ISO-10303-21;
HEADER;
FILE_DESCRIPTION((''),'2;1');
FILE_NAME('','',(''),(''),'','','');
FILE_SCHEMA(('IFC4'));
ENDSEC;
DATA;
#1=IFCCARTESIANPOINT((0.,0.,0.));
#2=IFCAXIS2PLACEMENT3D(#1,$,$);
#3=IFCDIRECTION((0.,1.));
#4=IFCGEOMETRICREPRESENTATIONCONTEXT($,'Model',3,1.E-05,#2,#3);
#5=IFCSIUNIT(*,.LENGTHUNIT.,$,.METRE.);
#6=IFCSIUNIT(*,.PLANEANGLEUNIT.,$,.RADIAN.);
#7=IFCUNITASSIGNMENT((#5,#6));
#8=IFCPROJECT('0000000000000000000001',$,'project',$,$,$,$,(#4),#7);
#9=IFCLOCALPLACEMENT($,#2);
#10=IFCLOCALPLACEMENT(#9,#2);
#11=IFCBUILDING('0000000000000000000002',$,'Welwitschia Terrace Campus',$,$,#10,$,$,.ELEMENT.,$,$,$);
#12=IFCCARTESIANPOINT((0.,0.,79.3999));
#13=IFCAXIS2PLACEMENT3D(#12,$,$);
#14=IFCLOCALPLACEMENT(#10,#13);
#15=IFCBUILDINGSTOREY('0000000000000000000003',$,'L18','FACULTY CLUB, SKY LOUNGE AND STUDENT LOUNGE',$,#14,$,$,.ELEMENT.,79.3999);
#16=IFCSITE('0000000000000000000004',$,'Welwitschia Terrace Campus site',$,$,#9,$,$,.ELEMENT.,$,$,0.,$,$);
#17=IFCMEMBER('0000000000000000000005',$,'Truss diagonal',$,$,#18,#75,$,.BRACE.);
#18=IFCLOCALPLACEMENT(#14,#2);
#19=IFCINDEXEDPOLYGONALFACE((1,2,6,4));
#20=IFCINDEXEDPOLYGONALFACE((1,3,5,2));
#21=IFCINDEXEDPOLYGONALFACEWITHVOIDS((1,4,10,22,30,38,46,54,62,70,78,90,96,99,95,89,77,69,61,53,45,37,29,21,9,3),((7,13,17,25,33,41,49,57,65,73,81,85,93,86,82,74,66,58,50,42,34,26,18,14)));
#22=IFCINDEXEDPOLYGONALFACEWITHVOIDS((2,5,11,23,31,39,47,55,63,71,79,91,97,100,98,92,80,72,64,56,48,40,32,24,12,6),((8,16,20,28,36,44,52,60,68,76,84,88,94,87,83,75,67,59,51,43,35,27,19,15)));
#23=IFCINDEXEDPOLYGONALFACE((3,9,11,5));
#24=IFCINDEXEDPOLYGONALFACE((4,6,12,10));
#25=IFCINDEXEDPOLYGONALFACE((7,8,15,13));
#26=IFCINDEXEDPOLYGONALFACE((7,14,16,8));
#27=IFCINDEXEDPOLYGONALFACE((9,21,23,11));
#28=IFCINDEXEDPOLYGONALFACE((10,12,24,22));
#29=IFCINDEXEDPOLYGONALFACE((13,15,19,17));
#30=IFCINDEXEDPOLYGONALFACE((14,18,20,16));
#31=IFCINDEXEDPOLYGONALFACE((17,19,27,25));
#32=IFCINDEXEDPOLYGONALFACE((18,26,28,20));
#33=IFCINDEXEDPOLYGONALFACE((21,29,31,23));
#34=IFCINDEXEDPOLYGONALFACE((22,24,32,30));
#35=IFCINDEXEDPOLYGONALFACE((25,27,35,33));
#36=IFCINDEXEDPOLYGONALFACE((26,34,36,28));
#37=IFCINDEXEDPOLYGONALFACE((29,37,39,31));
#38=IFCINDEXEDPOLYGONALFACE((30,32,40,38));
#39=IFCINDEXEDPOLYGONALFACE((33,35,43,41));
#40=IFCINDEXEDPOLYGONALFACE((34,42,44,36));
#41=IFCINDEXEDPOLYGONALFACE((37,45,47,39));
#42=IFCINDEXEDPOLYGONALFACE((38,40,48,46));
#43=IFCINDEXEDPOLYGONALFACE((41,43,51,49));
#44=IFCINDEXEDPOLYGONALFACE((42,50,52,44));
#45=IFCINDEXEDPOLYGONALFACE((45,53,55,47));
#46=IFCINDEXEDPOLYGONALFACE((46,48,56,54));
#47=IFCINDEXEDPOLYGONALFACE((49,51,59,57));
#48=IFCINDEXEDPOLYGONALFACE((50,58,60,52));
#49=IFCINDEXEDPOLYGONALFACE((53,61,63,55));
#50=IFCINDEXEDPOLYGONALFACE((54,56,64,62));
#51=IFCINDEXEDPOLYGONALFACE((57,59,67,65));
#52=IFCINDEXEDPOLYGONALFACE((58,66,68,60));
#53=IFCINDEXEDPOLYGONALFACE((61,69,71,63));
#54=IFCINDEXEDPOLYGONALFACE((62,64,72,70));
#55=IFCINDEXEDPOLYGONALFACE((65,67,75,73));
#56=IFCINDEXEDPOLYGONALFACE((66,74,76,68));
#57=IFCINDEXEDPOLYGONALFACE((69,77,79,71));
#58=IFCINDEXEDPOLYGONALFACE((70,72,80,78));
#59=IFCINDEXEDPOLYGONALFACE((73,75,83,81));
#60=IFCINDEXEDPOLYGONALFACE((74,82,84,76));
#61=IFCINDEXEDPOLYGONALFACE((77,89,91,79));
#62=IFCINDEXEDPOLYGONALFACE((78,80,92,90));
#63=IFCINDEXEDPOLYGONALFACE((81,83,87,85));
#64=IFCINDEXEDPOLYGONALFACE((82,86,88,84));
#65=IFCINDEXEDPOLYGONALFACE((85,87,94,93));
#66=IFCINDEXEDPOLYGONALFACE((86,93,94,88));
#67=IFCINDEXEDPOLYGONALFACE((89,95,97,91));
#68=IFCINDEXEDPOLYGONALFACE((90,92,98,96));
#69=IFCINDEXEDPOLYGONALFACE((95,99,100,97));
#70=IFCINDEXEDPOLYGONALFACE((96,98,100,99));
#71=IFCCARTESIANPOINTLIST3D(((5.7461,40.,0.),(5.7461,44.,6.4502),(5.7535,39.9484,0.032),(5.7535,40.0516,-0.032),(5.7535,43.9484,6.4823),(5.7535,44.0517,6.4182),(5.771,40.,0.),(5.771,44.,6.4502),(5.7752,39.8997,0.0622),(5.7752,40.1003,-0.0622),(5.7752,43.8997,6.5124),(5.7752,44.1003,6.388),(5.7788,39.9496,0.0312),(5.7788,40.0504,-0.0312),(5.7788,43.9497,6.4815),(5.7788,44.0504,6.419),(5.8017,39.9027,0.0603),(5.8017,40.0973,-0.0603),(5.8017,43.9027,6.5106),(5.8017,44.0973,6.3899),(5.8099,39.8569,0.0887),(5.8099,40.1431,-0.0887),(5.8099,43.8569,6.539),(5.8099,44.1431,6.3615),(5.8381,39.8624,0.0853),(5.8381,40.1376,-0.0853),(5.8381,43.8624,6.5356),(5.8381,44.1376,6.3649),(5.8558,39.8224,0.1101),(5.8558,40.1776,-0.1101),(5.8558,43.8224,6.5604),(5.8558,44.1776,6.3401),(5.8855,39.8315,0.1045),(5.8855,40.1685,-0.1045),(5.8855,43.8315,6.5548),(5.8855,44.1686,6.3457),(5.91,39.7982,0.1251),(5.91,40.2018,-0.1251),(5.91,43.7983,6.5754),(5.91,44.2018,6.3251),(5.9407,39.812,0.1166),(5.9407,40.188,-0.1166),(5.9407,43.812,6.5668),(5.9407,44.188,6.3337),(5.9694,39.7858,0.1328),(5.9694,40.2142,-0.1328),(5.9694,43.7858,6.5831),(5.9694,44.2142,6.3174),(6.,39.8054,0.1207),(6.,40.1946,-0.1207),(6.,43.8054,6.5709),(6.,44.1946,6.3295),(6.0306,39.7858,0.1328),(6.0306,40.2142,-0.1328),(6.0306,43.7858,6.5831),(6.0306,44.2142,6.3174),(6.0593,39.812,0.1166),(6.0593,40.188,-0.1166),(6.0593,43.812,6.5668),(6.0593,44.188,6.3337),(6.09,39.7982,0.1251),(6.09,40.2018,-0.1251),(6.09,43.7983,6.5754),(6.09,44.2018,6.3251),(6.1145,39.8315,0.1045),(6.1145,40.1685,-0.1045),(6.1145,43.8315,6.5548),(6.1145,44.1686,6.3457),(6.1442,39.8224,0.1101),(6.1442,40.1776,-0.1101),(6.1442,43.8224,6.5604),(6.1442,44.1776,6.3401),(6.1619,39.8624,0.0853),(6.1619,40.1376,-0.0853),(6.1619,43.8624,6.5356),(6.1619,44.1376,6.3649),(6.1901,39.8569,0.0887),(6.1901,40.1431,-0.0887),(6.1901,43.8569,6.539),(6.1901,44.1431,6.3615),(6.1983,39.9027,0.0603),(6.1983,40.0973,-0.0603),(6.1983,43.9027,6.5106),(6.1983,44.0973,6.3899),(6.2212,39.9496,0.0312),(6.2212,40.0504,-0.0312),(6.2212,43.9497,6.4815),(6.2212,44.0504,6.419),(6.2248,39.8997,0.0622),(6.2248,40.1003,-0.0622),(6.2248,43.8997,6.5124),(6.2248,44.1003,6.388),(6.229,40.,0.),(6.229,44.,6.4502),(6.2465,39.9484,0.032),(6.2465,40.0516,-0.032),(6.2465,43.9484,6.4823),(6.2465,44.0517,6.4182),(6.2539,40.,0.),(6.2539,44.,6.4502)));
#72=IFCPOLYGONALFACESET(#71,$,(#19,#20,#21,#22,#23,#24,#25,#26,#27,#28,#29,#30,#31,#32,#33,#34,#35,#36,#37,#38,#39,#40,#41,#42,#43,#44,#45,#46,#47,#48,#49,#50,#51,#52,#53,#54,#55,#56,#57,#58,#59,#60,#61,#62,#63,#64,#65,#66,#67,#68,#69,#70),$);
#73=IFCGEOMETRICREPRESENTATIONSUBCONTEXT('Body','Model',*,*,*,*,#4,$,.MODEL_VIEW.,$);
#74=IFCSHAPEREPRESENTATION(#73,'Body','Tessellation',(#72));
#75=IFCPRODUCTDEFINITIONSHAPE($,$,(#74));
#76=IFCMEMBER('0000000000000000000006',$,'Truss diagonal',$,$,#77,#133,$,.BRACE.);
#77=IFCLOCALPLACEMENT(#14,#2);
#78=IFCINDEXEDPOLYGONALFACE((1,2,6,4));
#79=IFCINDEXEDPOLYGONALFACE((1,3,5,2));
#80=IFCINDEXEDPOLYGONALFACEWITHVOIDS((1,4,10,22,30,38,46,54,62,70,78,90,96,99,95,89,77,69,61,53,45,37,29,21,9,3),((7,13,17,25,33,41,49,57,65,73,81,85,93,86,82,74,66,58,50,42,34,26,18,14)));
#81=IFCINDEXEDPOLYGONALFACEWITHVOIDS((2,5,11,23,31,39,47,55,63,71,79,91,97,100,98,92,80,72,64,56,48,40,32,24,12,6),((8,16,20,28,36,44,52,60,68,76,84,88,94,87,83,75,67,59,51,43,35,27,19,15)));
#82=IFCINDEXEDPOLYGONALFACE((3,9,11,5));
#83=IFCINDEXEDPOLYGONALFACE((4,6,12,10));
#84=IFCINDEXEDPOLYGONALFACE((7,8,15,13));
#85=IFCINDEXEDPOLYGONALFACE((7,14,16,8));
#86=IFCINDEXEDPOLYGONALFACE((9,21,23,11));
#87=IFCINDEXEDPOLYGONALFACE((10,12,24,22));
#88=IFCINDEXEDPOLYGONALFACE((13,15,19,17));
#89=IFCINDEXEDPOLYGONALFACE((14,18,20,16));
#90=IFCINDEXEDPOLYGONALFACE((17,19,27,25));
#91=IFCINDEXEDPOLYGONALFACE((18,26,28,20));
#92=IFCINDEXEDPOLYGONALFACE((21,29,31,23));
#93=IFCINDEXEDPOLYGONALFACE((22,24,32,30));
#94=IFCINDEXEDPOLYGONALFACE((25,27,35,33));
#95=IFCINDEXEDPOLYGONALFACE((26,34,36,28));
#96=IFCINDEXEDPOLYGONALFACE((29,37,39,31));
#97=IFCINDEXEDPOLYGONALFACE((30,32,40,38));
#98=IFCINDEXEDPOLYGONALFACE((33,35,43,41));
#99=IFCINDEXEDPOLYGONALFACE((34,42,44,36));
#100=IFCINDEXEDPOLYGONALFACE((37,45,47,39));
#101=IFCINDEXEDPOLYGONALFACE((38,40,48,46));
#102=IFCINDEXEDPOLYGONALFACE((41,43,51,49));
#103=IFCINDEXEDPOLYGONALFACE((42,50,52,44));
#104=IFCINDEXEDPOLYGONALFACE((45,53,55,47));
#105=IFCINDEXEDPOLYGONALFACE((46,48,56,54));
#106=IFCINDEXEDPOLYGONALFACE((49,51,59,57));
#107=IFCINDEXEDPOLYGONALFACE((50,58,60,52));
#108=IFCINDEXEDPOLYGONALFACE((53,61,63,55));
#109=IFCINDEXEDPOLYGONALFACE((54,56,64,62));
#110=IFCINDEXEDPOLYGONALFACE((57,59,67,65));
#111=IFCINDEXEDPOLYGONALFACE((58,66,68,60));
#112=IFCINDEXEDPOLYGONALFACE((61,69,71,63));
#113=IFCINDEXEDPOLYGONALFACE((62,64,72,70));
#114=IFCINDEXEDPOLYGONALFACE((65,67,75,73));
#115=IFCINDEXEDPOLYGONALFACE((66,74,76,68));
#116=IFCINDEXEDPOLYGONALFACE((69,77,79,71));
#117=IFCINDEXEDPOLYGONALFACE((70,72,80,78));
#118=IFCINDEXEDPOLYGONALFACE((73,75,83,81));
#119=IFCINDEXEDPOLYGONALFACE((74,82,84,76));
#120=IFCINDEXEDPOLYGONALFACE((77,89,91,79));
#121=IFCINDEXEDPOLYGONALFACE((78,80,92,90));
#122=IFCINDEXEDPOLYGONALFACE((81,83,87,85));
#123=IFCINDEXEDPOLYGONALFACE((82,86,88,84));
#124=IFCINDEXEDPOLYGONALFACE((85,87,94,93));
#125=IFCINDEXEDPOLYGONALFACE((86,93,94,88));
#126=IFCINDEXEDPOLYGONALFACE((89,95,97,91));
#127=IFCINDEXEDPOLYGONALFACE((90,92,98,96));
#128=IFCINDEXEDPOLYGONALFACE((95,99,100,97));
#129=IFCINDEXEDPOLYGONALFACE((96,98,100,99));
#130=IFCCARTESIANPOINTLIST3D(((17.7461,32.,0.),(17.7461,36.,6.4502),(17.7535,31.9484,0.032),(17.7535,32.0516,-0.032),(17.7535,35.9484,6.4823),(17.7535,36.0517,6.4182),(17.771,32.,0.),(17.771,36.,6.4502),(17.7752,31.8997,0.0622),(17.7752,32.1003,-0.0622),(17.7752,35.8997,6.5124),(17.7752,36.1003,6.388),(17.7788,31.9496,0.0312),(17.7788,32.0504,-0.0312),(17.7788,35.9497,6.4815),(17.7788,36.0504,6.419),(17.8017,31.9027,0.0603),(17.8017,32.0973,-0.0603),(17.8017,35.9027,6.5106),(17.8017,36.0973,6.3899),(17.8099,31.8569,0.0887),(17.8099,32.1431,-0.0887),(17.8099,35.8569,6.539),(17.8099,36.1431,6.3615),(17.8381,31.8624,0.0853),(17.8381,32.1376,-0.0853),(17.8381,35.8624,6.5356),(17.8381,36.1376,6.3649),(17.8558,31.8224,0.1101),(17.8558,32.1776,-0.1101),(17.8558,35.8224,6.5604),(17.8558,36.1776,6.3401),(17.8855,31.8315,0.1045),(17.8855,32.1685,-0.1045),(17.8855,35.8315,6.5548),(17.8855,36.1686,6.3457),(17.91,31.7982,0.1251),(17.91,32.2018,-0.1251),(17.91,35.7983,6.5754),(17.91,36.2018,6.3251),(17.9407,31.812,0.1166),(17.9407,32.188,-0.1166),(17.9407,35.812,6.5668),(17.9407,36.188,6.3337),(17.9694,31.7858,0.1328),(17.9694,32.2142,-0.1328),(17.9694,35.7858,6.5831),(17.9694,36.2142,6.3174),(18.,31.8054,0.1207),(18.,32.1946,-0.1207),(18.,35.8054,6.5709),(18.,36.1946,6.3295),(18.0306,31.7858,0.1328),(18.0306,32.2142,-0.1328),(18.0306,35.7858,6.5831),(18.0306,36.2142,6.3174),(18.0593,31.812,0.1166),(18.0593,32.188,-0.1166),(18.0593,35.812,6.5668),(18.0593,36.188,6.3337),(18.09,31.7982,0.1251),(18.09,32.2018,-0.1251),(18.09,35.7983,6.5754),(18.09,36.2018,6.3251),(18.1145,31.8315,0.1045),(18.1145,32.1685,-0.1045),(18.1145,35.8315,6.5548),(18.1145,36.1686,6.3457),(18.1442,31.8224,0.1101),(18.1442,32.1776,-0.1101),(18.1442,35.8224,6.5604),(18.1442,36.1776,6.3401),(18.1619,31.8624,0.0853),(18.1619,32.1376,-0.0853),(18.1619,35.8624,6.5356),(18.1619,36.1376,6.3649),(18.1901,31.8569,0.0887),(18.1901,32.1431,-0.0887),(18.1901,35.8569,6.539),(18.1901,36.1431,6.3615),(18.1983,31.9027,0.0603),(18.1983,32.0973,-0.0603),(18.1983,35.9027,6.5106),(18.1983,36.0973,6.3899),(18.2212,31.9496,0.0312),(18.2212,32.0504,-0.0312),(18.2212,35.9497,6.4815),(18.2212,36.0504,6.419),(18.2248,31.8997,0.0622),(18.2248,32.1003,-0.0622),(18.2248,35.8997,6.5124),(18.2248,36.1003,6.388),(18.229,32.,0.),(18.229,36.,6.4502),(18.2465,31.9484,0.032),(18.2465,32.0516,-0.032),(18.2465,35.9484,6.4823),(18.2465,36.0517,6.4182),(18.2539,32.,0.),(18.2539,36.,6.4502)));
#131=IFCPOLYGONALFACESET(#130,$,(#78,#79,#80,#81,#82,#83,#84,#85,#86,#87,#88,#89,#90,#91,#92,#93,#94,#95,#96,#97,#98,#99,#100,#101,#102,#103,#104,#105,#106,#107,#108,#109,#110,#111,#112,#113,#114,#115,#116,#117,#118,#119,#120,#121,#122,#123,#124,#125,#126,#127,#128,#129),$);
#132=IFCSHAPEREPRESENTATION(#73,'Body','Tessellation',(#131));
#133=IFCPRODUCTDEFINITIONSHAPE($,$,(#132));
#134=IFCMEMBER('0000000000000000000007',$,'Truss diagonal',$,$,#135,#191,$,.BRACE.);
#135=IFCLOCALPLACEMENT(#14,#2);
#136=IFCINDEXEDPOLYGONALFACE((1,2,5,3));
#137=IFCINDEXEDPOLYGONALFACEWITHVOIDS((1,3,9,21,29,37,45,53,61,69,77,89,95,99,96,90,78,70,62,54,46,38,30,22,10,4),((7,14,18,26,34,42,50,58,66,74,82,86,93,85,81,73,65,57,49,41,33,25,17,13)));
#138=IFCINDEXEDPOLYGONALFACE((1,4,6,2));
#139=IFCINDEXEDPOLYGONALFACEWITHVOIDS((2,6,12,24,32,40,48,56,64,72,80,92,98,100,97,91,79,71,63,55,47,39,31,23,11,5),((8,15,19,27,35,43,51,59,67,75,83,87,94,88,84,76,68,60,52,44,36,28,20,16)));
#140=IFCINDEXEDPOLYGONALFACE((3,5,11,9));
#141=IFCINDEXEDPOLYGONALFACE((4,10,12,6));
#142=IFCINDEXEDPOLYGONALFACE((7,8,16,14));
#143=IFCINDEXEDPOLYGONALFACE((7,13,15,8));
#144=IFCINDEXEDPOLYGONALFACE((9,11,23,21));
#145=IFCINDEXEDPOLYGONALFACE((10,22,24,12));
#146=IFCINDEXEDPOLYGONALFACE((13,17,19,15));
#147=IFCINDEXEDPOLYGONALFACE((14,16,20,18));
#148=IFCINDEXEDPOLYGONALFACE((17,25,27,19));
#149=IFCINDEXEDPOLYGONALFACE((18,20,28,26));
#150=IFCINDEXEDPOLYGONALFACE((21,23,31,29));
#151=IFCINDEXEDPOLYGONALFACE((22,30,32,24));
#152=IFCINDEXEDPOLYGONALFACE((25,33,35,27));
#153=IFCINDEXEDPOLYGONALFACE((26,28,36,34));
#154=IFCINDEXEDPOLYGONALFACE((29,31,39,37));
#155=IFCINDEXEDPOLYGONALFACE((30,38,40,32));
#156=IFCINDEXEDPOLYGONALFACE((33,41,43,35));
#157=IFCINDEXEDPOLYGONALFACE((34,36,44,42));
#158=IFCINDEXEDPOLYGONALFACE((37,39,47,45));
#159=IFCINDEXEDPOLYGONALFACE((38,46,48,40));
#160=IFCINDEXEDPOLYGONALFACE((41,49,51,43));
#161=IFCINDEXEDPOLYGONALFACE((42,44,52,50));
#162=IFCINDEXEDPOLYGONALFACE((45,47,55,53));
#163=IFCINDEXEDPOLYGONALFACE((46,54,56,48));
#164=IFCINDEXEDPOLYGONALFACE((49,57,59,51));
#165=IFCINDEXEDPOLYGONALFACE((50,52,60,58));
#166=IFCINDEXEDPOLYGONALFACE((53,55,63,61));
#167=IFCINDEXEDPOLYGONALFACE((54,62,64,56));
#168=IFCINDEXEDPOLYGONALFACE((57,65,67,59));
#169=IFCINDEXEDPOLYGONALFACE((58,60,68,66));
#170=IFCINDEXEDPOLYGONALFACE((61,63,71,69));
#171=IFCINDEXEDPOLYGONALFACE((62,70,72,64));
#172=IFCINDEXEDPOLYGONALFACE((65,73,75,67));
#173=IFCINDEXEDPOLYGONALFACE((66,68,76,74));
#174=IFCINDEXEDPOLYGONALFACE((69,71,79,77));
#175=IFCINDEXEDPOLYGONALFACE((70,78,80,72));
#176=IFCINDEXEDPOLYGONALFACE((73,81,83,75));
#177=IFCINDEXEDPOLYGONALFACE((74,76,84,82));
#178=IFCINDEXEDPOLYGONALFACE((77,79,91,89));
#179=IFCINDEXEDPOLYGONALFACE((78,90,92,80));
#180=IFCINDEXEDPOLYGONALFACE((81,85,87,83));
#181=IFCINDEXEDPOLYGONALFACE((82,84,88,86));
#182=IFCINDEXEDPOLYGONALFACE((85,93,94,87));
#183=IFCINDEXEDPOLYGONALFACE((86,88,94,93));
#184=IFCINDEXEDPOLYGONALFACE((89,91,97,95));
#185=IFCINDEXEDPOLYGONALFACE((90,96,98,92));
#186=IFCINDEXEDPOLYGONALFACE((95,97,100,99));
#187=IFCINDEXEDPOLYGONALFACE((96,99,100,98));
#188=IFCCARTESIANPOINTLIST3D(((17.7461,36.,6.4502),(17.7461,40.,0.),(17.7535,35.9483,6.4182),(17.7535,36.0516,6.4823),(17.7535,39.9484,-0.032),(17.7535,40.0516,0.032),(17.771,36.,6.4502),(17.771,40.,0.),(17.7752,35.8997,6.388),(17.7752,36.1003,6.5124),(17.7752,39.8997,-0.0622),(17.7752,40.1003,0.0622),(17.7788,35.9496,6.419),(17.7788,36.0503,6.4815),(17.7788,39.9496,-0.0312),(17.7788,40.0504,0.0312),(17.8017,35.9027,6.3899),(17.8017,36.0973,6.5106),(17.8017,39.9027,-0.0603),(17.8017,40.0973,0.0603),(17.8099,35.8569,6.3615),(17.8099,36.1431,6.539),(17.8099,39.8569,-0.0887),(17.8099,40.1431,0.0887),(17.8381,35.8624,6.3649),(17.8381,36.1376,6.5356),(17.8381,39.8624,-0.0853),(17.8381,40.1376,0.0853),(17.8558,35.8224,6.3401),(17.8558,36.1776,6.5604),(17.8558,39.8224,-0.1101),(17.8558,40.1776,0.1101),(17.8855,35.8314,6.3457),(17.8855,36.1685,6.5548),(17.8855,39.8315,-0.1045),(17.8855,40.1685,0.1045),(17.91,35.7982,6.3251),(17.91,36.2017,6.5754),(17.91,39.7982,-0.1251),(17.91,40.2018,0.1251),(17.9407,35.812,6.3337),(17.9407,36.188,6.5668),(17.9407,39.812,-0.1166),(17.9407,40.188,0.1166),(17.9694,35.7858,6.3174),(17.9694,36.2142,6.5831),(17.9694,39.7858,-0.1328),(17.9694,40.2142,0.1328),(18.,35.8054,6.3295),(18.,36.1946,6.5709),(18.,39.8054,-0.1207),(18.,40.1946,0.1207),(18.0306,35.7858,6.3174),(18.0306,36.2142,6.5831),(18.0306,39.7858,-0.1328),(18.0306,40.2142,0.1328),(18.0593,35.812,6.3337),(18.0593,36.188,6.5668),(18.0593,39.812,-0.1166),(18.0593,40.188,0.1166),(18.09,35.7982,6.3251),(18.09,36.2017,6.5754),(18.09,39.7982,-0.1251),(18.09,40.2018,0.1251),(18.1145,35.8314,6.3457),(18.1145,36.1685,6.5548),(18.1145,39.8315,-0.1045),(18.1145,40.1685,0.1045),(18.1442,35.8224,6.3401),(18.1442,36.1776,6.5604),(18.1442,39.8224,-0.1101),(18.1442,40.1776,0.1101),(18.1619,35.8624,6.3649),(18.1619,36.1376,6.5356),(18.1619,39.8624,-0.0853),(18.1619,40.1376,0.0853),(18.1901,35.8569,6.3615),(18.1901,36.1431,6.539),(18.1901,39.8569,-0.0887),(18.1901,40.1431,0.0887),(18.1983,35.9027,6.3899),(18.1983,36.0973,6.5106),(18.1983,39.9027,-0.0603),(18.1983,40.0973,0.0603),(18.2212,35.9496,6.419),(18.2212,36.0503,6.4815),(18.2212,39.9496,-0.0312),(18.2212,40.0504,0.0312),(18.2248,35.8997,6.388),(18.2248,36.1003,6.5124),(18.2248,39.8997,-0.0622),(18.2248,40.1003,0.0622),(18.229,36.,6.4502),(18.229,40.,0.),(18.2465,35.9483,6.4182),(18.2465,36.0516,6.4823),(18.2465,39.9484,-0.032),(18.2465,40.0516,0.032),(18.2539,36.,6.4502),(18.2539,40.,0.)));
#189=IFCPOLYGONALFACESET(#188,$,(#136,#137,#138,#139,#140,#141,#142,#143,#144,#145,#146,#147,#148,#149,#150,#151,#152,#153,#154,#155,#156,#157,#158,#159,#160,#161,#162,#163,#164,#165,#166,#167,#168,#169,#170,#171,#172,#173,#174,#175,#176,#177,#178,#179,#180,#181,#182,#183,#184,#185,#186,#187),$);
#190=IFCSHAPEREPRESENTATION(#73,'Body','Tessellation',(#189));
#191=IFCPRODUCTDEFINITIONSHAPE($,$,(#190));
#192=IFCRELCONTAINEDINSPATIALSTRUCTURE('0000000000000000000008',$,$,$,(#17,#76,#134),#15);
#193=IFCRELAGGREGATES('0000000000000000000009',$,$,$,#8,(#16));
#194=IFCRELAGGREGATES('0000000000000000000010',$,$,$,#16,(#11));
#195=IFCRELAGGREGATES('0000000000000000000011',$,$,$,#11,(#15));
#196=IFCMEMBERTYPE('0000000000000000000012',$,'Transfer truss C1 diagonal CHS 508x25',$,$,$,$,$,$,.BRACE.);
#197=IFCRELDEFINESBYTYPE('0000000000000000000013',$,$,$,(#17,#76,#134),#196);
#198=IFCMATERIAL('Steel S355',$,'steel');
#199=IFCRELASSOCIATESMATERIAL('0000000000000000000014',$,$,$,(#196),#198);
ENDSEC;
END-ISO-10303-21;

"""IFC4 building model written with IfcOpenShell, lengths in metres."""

from ifc_helpers import new_model, si_unit, direction, frame, origin, origin_2d, place, context, subcontext, project, spatial, hollow_circle, extrude, material, material_profile, profile_set, type_object, element, save


model = new_model("IFC4")

# Units and contexts
model_context = context("Model", 3, precision=1e-05, world=origin(), true_north=direction((0.0, 1.0)))
body_context = subcontext(model_context, "Body", "Model", "MODEL_VIEW")
ifc_project = project(units=[si_unit("LENGTHUNIT", "METRE"), si_unit("PLANEANGLEUNIT", "RADIAN")], contexts=[model_context])

# Site, building, storey
site_placement = place(None, origin())
site = spatial("IfcSite", under=ifc_project, at=site_placement, Name="Welwitschia Terrace Campus site", CompositionType="ELEMENT", RefElevation=0.0)
building_placement = place(site_placement, origin())
building = spatial("IfcBuilding", under=site, at=building_placement, Name="Welwitschia Terrace Campus", CompositionType="ELEMENT")
storey_placement = place(building_placement, frame((0.0, 0.0, 79.3999)))
storey = spatial("IfcBuildingStorey", under=building, at=storey_placement, Name="L18", Description="FACULTY CLUB, SKY LOUNGE AND STUDENT LOUNGE", CompositionType="ELEMENT", Elevation=79.3999)

# Members
ifc_material_1 = material(Name="Steel S355", Category="steel")
ifc_material_profile_1 = material_profile(ifc_material_1, hollow_circle(Radius=0.2539, WallThickness=0.0249, at=origin_2d()))
ifc_profile_set_1 = profile_set([ifc_material_profile_1], Name="Steel S355")
member_type_1 = type_object("IfcMemberType", Name="Transfer truss C1 diagonal CHS 508x25", PredefinedType="BRACE", material=ifc_profile_set_1)
for number, where, z_axis, x_axis, name in (
    (1, (6.0, 40.0, 0.0), (0.0, 0.527023, 0.849851), (-1.0, 0.0, 0.0), "Truss diagonal"),
    (2, (18.0, 32.0, 0.0), (0.0, 0.527023, 0.849851), (-1.0, 0.0, 0.0), "Truss diagonal"),
    (3, (18.0, 40.0, 0.0), (0.0, -0.527023, 0.849851), (1.0, 0.0, 0.0), "Truss diagonal"),
):
    element("IfcMember", number, at=place(storey_placement, frame(where, z_axis=z_axis, x_axis=x_axis)), inside=storey, type_object=member_type_1, Name=name, PredefinedType="BRACE", context=body_context, shape_type="SweptSolid", body=[
        extrude(hollow_circle(Radius=0.2539, WallThickness=0.0249, at=origin_2d()), origin(), (0.0, 0.0, 1.0), 7.5898),
    ])

save(model, "model.ifc")
